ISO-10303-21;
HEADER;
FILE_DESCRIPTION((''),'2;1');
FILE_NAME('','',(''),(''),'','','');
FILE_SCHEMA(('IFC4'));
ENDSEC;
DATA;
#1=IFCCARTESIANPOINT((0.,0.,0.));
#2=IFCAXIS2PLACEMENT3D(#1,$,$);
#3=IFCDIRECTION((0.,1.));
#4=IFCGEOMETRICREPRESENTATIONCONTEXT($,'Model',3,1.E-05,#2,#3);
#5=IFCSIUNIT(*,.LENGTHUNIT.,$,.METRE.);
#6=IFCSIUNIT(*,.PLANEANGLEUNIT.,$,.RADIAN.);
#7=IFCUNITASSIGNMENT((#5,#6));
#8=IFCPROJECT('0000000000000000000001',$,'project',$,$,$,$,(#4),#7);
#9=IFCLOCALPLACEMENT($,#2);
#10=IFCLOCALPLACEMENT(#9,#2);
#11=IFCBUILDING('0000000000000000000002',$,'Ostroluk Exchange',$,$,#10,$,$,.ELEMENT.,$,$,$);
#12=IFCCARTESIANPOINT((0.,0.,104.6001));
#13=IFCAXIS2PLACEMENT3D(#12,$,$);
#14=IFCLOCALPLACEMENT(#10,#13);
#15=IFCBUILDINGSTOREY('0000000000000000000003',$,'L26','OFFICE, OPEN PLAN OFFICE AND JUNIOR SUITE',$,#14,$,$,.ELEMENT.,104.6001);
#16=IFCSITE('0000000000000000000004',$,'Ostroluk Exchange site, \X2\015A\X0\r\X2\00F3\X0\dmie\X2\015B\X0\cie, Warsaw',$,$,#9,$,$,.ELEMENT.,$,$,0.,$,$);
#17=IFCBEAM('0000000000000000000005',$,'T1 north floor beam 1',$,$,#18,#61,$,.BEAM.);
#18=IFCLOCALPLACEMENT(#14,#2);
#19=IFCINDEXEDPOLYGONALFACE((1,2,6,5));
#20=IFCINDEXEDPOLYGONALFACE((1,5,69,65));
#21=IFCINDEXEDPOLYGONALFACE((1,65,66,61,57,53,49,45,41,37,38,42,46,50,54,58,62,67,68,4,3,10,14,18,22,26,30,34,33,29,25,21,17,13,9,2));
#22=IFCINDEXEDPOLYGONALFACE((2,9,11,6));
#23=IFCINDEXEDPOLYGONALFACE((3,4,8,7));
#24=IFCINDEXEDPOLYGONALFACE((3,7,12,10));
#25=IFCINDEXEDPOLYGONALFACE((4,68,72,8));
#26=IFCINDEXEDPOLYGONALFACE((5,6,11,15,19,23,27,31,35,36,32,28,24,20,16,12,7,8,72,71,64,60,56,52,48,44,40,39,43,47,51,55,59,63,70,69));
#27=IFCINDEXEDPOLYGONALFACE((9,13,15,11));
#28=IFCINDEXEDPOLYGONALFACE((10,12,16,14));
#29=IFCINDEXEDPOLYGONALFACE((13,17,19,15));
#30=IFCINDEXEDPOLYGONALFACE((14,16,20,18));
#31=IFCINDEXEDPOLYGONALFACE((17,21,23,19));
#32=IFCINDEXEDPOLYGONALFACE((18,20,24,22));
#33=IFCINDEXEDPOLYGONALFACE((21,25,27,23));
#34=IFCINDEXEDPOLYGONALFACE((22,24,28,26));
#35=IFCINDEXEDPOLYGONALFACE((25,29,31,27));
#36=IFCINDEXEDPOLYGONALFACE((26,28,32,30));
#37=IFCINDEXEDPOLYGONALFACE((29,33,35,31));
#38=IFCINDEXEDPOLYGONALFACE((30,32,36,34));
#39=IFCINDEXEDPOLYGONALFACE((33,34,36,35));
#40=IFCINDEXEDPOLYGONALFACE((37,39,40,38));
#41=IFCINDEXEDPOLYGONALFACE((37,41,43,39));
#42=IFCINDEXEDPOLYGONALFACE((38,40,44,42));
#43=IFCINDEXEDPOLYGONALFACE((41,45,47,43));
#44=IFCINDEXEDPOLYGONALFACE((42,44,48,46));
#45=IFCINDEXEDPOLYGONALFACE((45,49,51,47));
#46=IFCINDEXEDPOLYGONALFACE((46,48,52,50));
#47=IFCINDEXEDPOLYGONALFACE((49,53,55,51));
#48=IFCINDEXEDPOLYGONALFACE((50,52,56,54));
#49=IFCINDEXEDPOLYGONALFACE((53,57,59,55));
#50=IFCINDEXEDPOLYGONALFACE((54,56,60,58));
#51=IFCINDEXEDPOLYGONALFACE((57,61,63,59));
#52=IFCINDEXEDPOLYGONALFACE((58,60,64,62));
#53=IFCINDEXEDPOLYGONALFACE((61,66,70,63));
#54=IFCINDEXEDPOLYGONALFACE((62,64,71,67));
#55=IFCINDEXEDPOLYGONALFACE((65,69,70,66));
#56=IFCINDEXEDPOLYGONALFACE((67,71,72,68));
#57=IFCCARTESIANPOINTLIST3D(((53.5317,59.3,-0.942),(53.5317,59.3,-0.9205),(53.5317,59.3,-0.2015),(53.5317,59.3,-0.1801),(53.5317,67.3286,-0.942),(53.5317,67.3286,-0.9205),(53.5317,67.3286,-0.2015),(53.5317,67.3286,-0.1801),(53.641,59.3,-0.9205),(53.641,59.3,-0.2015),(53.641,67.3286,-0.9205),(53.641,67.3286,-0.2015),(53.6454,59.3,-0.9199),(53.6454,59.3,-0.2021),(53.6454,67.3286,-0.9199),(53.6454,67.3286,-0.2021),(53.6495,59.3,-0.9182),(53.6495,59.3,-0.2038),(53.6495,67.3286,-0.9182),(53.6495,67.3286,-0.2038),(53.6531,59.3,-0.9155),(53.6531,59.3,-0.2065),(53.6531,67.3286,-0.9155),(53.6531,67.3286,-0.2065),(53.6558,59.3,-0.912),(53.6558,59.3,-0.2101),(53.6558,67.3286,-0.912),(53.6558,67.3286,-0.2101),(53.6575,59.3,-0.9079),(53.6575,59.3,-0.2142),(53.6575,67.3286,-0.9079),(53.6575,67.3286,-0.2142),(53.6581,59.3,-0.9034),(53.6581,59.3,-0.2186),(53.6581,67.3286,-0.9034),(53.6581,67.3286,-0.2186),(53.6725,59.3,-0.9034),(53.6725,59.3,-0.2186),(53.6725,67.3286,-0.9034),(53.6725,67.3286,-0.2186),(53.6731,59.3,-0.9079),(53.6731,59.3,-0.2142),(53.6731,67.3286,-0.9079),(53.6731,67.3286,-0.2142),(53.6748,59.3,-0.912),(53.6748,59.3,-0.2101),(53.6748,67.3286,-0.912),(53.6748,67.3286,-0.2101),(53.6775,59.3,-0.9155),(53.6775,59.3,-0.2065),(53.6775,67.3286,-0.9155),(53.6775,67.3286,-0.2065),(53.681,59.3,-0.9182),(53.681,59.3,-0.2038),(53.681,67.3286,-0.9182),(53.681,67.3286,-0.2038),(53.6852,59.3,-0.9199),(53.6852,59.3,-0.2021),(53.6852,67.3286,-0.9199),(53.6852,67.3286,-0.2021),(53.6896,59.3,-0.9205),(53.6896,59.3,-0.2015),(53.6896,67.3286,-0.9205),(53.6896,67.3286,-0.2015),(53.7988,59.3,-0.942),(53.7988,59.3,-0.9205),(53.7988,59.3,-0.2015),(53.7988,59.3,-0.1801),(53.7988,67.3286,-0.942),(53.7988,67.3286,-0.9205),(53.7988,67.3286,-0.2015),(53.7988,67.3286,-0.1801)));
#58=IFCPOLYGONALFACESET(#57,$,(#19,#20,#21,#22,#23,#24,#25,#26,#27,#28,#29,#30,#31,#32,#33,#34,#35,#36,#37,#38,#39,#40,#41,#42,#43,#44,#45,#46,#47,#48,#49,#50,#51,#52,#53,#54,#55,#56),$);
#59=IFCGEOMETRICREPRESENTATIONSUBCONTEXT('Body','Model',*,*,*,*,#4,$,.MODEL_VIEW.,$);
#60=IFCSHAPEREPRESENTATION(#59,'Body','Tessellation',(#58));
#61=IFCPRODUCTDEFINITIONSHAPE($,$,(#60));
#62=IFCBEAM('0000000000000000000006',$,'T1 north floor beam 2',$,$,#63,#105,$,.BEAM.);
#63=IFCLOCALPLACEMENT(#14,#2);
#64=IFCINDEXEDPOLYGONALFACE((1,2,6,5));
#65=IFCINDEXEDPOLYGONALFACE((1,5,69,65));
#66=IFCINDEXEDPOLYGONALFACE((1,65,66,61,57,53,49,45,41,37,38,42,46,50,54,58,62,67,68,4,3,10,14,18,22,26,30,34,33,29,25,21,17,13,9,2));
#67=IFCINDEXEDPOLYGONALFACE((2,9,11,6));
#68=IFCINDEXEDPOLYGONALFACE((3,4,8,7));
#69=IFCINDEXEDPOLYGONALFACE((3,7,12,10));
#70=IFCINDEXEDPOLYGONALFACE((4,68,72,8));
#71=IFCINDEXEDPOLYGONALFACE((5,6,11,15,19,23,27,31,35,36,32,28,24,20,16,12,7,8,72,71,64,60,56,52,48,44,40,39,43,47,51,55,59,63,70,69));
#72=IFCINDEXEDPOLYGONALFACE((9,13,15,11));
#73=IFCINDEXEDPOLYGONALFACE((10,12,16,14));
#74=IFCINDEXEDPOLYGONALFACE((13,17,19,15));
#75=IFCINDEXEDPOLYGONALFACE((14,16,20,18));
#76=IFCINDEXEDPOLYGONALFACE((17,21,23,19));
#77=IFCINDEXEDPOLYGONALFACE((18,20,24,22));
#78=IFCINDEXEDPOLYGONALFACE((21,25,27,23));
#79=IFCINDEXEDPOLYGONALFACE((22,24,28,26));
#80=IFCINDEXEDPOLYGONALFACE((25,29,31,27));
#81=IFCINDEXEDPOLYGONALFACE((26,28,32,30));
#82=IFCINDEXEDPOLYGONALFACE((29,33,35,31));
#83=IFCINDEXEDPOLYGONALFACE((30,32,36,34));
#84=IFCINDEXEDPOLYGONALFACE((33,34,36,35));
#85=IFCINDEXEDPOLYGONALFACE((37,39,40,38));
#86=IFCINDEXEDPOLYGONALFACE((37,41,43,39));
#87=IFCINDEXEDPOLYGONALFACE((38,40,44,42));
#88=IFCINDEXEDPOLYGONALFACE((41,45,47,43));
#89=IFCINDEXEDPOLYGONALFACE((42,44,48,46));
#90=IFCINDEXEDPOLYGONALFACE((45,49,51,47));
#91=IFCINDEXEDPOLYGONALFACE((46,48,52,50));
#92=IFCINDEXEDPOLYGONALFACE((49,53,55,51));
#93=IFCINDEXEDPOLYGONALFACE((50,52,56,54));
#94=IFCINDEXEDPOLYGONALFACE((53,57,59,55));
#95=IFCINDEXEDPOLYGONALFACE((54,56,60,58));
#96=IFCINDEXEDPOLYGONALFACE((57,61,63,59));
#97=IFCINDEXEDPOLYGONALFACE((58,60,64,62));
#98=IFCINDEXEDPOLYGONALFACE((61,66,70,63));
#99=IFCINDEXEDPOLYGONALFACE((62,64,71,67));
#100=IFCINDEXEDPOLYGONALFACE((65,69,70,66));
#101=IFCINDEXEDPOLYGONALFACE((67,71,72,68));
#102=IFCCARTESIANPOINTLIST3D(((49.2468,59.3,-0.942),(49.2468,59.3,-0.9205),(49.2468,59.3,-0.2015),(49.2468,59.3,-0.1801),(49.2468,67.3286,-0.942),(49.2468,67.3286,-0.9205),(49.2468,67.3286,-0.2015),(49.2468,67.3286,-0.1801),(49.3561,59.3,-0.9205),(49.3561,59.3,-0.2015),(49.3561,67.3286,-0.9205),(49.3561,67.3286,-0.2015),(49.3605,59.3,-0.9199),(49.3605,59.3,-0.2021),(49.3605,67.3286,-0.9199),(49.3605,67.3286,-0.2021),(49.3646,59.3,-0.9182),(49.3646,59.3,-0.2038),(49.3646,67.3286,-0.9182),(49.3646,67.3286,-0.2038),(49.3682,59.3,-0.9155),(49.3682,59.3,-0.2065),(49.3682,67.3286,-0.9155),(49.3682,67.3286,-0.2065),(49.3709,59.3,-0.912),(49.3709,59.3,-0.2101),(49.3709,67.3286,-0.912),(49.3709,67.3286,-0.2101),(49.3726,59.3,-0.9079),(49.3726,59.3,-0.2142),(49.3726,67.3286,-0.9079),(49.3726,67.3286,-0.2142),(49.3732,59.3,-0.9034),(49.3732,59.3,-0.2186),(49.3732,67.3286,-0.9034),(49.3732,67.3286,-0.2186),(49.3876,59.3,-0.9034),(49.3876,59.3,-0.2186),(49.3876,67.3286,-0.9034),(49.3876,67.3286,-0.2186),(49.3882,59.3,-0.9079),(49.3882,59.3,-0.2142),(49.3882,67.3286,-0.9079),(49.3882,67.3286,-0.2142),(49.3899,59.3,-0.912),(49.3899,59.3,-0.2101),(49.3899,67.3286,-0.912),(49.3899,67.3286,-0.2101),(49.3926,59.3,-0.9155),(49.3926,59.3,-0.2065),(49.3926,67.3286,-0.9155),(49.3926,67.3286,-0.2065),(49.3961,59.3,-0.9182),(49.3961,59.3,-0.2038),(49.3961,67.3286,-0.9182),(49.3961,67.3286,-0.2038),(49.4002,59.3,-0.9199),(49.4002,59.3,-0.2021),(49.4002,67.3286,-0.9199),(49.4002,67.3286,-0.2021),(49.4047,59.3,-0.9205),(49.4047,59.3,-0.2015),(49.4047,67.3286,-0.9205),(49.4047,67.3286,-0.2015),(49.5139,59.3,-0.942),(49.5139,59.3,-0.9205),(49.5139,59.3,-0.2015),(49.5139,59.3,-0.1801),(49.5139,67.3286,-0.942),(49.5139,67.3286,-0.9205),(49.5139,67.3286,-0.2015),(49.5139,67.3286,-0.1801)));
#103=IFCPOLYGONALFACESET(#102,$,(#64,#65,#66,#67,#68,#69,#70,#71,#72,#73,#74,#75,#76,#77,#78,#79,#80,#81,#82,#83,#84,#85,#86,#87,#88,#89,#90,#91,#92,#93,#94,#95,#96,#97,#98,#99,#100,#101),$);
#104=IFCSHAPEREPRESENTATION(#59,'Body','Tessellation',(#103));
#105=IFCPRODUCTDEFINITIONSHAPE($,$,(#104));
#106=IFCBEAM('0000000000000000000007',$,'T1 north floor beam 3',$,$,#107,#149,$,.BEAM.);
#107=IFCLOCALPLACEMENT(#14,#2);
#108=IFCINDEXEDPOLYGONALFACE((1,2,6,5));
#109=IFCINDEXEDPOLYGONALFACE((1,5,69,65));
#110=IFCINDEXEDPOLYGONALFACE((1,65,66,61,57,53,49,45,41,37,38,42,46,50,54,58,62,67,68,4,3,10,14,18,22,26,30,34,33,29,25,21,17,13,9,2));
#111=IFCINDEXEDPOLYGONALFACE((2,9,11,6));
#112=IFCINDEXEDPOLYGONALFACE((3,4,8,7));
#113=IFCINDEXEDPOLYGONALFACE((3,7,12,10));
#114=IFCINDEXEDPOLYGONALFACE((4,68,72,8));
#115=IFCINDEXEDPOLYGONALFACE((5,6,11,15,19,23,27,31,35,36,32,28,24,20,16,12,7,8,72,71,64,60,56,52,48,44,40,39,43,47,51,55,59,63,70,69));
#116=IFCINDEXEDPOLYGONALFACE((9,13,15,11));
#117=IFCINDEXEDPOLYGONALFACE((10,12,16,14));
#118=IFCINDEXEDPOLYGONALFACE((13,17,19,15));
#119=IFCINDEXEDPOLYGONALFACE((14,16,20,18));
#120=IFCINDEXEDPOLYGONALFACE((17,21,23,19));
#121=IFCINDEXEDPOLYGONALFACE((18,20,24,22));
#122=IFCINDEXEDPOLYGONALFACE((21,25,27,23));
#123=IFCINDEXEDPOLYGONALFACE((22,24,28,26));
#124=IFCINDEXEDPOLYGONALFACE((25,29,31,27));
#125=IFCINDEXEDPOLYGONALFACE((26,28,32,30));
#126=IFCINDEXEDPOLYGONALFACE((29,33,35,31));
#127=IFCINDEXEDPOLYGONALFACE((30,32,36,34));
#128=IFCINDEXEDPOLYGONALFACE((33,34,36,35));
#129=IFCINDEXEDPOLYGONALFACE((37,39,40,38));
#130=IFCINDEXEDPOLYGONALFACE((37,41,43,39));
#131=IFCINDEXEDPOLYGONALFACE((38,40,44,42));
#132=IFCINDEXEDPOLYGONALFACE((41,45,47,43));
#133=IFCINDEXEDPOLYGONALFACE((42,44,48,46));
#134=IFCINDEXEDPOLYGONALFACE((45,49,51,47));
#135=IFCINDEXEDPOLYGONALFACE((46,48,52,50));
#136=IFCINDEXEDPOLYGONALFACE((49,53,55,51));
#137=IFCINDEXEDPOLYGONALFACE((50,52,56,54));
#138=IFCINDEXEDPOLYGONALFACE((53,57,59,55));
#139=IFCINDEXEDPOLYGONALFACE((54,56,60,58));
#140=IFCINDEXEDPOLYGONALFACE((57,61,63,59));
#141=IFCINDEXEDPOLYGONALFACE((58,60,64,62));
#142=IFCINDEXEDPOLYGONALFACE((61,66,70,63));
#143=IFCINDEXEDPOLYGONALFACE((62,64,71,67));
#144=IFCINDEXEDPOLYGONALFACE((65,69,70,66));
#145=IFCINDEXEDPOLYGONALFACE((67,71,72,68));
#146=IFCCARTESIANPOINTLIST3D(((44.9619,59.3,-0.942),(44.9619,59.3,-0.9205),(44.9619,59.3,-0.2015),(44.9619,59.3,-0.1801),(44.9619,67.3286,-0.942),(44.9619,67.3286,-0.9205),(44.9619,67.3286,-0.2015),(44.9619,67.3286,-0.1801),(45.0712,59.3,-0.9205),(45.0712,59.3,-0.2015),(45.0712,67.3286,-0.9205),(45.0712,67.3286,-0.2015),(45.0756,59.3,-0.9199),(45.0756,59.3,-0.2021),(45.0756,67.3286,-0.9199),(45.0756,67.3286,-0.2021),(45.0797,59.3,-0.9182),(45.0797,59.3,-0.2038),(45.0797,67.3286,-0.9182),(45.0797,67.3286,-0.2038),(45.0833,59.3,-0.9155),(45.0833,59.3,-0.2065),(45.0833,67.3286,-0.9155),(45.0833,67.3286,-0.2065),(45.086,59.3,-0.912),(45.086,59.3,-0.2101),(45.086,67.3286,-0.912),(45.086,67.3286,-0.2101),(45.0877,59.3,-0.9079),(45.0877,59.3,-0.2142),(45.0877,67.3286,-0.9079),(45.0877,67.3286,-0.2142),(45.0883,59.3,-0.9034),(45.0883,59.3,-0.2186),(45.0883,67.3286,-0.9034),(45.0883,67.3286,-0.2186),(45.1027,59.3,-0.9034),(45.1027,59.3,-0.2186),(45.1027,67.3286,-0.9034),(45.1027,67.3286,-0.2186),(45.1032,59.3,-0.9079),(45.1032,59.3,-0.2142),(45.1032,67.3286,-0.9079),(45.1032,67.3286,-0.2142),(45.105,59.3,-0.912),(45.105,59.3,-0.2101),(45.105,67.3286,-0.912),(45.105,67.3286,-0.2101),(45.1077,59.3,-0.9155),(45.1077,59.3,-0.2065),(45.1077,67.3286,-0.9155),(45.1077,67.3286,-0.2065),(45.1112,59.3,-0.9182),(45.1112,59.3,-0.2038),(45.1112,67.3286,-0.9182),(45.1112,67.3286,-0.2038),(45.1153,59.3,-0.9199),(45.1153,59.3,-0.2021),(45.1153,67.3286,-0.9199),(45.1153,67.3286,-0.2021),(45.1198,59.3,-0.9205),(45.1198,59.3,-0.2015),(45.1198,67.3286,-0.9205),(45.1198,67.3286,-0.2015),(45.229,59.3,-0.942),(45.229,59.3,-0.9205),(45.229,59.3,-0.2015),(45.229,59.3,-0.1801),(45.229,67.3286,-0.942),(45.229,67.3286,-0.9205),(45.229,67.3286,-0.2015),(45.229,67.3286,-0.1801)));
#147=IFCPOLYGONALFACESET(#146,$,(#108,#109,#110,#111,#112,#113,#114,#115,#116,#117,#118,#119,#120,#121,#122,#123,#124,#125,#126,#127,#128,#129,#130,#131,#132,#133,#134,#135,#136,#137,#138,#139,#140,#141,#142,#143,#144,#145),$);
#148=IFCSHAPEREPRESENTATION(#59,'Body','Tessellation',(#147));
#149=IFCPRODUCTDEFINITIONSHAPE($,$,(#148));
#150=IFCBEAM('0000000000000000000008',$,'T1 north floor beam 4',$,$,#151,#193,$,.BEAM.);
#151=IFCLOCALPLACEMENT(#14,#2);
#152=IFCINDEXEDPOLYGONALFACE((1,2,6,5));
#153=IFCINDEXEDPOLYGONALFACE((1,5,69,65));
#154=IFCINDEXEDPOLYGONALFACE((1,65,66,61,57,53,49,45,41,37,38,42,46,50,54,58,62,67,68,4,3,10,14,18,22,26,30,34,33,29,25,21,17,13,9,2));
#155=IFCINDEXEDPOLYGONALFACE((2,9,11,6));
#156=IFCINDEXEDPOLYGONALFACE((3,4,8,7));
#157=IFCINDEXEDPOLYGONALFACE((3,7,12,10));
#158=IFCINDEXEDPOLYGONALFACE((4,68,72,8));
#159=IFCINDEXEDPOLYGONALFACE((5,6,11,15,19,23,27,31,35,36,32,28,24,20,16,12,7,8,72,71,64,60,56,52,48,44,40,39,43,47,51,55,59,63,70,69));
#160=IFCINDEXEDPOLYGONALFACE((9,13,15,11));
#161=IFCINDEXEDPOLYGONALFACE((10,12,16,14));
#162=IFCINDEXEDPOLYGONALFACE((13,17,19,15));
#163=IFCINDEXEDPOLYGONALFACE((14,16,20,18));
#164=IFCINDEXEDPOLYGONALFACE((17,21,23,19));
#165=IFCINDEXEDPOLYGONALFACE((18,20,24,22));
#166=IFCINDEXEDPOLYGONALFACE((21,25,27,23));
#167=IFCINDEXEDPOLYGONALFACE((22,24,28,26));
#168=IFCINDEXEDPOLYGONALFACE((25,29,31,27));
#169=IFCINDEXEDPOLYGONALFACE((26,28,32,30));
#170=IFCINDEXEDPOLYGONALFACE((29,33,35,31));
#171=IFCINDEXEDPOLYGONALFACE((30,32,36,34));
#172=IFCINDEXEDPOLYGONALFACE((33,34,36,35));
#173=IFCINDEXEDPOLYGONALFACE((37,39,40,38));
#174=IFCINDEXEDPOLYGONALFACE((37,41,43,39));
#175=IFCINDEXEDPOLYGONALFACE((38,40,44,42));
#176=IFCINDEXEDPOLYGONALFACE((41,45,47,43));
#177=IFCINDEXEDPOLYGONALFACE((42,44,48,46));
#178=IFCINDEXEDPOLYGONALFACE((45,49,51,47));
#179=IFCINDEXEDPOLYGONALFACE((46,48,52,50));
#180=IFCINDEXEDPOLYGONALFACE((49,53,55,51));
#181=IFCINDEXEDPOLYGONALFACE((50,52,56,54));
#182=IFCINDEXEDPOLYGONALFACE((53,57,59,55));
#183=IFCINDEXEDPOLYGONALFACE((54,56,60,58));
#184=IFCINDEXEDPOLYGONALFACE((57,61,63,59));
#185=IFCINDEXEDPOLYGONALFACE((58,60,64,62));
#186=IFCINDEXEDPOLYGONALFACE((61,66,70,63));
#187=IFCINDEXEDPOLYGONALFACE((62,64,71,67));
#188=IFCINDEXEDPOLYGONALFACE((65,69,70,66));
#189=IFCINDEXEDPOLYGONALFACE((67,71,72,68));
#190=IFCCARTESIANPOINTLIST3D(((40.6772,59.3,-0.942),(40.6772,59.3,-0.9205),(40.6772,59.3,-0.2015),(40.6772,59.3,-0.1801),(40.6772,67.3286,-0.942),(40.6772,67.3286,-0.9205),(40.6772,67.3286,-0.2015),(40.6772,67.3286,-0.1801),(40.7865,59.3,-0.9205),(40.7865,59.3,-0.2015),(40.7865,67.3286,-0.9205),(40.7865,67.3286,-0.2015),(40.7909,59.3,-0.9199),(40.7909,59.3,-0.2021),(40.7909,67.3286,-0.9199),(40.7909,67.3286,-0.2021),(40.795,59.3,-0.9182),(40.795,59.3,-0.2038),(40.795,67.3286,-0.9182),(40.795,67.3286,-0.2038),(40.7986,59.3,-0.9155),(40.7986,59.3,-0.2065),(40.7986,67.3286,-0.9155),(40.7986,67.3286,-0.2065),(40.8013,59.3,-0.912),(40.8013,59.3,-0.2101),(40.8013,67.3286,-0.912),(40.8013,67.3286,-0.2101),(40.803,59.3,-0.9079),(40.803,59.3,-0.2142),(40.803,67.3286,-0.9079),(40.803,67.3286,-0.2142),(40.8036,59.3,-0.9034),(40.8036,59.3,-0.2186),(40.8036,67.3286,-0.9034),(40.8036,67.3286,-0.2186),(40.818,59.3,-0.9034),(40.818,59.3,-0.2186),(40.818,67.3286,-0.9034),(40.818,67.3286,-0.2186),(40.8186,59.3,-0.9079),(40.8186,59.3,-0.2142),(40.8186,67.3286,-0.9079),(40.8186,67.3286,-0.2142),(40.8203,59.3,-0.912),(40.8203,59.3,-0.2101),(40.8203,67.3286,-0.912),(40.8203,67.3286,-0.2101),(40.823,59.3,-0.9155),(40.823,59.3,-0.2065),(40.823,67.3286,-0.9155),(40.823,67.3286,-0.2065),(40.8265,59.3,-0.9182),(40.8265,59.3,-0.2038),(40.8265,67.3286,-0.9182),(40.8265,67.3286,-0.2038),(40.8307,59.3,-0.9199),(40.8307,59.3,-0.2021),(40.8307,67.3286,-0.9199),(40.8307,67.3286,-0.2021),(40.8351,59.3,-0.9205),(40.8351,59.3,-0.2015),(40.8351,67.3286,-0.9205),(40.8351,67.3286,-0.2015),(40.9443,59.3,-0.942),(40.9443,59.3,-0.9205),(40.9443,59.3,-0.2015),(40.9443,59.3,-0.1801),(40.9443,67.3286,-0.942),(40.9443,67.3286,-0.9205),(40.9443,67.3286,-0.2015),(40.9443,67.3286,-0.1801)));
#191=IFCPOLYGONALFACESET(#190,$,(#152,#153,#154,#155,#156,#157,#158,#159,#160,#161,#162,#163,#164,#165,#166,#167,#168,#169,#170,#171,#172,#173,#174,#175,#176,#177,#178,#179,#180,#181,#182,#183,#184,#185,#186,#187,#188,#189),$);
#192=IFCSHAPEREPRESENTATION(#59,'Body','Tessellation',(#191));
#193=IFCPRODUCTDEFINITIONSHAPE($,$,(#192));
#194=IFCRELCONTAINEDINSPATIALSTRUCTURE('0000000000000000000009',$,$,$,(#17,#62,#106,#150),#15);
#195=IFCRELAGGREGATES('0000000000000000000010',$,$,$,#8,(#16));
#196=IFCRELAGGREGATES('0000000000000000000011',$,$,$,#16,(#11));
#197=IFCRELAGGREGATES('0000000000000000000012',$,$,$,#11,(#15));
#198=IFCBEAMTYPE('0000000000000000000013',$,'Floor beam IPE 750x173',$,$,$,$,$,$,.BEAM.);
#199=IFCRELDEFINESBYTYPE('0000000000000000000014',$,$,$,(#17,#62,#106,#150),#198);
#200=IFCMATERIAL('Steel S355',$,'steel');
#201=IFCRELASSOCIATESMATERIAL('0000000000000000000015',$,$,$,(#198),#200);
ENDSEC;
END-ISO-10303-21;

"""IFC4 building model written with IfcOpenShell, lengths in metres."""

from ifc_helpers import new_model, si_unit, direction, frame, origin, origin_2d, place, context, subcontext, project, spatial, i_section, extrude, material, material_profile, profile_set, type_object, element, save


model = new_model("IFC4")

# Units and contexts
model_context = context("Model", 3, precision=1e-05, world=origin(), true_north=direction((0.0, 1.0)))
body_context = subcontext(model_context, "Body", "Model", "MODEL_VIEW")
ifc_project = project(units=[si_unit("LENGTHUNIT", "METRE"), si_unit("PLANEANGLEUNIT", "RADIAN")], contexts=[model_context])

# Site, building, storey
site_placement = place(None, origin())
site = spatial("IfcSite", under=ifc_project, at=site_placement, Name="Ostroluk Exchange site, Śródmieście, Warsaw", CompositionType="ELEMENT", RefElevation=0.0)
building_placement = place(site_placement, origin())
building = spatial("IfcBuilding", under=site, at=building_placement, Name="Ostroluk Exchange", CompositionType="ELEMENT")
storey_placement = place(building_placement, frame((0.0, 0.0, 104.6001)))
storey = spatial("IfcBuildingStorey", under=building, at=storey_placement, Name="L26", Description="OFFICE, OPEN PLAN OFFICE AND JUNIOR SUITE", CompositionType="ELEMENT", Elevation=104.6001)

# Beams
ifc_material_1 = material(Name="Steel S355", Category="steel")
ifc_material_profile_1 = material_profile(ifc_material_1, i_section(OverallWidth=0.2671, OverallDepth=0.762, WebThickness=0.0144, FlangeThickness=0.0215, FilletRadius=0.0171, at=origin_2d()), Name="IPE 750x173")
ifc_profile_set_1 = profile_set([ifc_material_profile_1], Name="Steel S355")
beam_type_1 = type_object("IfcBeamType", Name="Floor beam IPE 750x173", PredefinedType="BEAM", material=ifc_profile_set_1)
for number, where, z_axis, x_axis, name in (
    (1, (53.6653, 59.3, -0.561), (0.0, 1.0, 0.0), (-1.0, 0.0, 0.0), "T1 north floor beam 1"),
    (2, (49.3804, 59.3, -0.561), (0.0, 1.0, 0.0), (-1.0, 0.0, 0.0), "T1 north floor beam 2"),
    (3, (45.0955, 59.3, -0.561), (0.0, 1.0, 0.0), (-1.0, 0.0, 0.0), "T1 north floor beam 3"),
    (4, (40.8108, 59.3, -0.561), (0.0, 1.0, 0.0), (-1.0, 0.0, 0.0), "T1 north floor beam 4"),
):
    element("IfcBeam", number, at=place(storey_placement, frame(where, z_axis=z_axis, x_axis=x_axis)), inside=storey, type_object=beam_type_1, Name=name, PredefinedType="BEAM", context=body_context, shape_type="SweptSolid", body=[
        extrude(i_section(OverallWidth=0.2671, OverallDepth=0.762, WebThickness=0.0144, FlangeThickness=0.0215, FilletRadius=0.0171, at=origin_2d()), origin(), (0.0, 0.0, 1.0), 8.0286),
    ])

save(model, "model.ifc")
